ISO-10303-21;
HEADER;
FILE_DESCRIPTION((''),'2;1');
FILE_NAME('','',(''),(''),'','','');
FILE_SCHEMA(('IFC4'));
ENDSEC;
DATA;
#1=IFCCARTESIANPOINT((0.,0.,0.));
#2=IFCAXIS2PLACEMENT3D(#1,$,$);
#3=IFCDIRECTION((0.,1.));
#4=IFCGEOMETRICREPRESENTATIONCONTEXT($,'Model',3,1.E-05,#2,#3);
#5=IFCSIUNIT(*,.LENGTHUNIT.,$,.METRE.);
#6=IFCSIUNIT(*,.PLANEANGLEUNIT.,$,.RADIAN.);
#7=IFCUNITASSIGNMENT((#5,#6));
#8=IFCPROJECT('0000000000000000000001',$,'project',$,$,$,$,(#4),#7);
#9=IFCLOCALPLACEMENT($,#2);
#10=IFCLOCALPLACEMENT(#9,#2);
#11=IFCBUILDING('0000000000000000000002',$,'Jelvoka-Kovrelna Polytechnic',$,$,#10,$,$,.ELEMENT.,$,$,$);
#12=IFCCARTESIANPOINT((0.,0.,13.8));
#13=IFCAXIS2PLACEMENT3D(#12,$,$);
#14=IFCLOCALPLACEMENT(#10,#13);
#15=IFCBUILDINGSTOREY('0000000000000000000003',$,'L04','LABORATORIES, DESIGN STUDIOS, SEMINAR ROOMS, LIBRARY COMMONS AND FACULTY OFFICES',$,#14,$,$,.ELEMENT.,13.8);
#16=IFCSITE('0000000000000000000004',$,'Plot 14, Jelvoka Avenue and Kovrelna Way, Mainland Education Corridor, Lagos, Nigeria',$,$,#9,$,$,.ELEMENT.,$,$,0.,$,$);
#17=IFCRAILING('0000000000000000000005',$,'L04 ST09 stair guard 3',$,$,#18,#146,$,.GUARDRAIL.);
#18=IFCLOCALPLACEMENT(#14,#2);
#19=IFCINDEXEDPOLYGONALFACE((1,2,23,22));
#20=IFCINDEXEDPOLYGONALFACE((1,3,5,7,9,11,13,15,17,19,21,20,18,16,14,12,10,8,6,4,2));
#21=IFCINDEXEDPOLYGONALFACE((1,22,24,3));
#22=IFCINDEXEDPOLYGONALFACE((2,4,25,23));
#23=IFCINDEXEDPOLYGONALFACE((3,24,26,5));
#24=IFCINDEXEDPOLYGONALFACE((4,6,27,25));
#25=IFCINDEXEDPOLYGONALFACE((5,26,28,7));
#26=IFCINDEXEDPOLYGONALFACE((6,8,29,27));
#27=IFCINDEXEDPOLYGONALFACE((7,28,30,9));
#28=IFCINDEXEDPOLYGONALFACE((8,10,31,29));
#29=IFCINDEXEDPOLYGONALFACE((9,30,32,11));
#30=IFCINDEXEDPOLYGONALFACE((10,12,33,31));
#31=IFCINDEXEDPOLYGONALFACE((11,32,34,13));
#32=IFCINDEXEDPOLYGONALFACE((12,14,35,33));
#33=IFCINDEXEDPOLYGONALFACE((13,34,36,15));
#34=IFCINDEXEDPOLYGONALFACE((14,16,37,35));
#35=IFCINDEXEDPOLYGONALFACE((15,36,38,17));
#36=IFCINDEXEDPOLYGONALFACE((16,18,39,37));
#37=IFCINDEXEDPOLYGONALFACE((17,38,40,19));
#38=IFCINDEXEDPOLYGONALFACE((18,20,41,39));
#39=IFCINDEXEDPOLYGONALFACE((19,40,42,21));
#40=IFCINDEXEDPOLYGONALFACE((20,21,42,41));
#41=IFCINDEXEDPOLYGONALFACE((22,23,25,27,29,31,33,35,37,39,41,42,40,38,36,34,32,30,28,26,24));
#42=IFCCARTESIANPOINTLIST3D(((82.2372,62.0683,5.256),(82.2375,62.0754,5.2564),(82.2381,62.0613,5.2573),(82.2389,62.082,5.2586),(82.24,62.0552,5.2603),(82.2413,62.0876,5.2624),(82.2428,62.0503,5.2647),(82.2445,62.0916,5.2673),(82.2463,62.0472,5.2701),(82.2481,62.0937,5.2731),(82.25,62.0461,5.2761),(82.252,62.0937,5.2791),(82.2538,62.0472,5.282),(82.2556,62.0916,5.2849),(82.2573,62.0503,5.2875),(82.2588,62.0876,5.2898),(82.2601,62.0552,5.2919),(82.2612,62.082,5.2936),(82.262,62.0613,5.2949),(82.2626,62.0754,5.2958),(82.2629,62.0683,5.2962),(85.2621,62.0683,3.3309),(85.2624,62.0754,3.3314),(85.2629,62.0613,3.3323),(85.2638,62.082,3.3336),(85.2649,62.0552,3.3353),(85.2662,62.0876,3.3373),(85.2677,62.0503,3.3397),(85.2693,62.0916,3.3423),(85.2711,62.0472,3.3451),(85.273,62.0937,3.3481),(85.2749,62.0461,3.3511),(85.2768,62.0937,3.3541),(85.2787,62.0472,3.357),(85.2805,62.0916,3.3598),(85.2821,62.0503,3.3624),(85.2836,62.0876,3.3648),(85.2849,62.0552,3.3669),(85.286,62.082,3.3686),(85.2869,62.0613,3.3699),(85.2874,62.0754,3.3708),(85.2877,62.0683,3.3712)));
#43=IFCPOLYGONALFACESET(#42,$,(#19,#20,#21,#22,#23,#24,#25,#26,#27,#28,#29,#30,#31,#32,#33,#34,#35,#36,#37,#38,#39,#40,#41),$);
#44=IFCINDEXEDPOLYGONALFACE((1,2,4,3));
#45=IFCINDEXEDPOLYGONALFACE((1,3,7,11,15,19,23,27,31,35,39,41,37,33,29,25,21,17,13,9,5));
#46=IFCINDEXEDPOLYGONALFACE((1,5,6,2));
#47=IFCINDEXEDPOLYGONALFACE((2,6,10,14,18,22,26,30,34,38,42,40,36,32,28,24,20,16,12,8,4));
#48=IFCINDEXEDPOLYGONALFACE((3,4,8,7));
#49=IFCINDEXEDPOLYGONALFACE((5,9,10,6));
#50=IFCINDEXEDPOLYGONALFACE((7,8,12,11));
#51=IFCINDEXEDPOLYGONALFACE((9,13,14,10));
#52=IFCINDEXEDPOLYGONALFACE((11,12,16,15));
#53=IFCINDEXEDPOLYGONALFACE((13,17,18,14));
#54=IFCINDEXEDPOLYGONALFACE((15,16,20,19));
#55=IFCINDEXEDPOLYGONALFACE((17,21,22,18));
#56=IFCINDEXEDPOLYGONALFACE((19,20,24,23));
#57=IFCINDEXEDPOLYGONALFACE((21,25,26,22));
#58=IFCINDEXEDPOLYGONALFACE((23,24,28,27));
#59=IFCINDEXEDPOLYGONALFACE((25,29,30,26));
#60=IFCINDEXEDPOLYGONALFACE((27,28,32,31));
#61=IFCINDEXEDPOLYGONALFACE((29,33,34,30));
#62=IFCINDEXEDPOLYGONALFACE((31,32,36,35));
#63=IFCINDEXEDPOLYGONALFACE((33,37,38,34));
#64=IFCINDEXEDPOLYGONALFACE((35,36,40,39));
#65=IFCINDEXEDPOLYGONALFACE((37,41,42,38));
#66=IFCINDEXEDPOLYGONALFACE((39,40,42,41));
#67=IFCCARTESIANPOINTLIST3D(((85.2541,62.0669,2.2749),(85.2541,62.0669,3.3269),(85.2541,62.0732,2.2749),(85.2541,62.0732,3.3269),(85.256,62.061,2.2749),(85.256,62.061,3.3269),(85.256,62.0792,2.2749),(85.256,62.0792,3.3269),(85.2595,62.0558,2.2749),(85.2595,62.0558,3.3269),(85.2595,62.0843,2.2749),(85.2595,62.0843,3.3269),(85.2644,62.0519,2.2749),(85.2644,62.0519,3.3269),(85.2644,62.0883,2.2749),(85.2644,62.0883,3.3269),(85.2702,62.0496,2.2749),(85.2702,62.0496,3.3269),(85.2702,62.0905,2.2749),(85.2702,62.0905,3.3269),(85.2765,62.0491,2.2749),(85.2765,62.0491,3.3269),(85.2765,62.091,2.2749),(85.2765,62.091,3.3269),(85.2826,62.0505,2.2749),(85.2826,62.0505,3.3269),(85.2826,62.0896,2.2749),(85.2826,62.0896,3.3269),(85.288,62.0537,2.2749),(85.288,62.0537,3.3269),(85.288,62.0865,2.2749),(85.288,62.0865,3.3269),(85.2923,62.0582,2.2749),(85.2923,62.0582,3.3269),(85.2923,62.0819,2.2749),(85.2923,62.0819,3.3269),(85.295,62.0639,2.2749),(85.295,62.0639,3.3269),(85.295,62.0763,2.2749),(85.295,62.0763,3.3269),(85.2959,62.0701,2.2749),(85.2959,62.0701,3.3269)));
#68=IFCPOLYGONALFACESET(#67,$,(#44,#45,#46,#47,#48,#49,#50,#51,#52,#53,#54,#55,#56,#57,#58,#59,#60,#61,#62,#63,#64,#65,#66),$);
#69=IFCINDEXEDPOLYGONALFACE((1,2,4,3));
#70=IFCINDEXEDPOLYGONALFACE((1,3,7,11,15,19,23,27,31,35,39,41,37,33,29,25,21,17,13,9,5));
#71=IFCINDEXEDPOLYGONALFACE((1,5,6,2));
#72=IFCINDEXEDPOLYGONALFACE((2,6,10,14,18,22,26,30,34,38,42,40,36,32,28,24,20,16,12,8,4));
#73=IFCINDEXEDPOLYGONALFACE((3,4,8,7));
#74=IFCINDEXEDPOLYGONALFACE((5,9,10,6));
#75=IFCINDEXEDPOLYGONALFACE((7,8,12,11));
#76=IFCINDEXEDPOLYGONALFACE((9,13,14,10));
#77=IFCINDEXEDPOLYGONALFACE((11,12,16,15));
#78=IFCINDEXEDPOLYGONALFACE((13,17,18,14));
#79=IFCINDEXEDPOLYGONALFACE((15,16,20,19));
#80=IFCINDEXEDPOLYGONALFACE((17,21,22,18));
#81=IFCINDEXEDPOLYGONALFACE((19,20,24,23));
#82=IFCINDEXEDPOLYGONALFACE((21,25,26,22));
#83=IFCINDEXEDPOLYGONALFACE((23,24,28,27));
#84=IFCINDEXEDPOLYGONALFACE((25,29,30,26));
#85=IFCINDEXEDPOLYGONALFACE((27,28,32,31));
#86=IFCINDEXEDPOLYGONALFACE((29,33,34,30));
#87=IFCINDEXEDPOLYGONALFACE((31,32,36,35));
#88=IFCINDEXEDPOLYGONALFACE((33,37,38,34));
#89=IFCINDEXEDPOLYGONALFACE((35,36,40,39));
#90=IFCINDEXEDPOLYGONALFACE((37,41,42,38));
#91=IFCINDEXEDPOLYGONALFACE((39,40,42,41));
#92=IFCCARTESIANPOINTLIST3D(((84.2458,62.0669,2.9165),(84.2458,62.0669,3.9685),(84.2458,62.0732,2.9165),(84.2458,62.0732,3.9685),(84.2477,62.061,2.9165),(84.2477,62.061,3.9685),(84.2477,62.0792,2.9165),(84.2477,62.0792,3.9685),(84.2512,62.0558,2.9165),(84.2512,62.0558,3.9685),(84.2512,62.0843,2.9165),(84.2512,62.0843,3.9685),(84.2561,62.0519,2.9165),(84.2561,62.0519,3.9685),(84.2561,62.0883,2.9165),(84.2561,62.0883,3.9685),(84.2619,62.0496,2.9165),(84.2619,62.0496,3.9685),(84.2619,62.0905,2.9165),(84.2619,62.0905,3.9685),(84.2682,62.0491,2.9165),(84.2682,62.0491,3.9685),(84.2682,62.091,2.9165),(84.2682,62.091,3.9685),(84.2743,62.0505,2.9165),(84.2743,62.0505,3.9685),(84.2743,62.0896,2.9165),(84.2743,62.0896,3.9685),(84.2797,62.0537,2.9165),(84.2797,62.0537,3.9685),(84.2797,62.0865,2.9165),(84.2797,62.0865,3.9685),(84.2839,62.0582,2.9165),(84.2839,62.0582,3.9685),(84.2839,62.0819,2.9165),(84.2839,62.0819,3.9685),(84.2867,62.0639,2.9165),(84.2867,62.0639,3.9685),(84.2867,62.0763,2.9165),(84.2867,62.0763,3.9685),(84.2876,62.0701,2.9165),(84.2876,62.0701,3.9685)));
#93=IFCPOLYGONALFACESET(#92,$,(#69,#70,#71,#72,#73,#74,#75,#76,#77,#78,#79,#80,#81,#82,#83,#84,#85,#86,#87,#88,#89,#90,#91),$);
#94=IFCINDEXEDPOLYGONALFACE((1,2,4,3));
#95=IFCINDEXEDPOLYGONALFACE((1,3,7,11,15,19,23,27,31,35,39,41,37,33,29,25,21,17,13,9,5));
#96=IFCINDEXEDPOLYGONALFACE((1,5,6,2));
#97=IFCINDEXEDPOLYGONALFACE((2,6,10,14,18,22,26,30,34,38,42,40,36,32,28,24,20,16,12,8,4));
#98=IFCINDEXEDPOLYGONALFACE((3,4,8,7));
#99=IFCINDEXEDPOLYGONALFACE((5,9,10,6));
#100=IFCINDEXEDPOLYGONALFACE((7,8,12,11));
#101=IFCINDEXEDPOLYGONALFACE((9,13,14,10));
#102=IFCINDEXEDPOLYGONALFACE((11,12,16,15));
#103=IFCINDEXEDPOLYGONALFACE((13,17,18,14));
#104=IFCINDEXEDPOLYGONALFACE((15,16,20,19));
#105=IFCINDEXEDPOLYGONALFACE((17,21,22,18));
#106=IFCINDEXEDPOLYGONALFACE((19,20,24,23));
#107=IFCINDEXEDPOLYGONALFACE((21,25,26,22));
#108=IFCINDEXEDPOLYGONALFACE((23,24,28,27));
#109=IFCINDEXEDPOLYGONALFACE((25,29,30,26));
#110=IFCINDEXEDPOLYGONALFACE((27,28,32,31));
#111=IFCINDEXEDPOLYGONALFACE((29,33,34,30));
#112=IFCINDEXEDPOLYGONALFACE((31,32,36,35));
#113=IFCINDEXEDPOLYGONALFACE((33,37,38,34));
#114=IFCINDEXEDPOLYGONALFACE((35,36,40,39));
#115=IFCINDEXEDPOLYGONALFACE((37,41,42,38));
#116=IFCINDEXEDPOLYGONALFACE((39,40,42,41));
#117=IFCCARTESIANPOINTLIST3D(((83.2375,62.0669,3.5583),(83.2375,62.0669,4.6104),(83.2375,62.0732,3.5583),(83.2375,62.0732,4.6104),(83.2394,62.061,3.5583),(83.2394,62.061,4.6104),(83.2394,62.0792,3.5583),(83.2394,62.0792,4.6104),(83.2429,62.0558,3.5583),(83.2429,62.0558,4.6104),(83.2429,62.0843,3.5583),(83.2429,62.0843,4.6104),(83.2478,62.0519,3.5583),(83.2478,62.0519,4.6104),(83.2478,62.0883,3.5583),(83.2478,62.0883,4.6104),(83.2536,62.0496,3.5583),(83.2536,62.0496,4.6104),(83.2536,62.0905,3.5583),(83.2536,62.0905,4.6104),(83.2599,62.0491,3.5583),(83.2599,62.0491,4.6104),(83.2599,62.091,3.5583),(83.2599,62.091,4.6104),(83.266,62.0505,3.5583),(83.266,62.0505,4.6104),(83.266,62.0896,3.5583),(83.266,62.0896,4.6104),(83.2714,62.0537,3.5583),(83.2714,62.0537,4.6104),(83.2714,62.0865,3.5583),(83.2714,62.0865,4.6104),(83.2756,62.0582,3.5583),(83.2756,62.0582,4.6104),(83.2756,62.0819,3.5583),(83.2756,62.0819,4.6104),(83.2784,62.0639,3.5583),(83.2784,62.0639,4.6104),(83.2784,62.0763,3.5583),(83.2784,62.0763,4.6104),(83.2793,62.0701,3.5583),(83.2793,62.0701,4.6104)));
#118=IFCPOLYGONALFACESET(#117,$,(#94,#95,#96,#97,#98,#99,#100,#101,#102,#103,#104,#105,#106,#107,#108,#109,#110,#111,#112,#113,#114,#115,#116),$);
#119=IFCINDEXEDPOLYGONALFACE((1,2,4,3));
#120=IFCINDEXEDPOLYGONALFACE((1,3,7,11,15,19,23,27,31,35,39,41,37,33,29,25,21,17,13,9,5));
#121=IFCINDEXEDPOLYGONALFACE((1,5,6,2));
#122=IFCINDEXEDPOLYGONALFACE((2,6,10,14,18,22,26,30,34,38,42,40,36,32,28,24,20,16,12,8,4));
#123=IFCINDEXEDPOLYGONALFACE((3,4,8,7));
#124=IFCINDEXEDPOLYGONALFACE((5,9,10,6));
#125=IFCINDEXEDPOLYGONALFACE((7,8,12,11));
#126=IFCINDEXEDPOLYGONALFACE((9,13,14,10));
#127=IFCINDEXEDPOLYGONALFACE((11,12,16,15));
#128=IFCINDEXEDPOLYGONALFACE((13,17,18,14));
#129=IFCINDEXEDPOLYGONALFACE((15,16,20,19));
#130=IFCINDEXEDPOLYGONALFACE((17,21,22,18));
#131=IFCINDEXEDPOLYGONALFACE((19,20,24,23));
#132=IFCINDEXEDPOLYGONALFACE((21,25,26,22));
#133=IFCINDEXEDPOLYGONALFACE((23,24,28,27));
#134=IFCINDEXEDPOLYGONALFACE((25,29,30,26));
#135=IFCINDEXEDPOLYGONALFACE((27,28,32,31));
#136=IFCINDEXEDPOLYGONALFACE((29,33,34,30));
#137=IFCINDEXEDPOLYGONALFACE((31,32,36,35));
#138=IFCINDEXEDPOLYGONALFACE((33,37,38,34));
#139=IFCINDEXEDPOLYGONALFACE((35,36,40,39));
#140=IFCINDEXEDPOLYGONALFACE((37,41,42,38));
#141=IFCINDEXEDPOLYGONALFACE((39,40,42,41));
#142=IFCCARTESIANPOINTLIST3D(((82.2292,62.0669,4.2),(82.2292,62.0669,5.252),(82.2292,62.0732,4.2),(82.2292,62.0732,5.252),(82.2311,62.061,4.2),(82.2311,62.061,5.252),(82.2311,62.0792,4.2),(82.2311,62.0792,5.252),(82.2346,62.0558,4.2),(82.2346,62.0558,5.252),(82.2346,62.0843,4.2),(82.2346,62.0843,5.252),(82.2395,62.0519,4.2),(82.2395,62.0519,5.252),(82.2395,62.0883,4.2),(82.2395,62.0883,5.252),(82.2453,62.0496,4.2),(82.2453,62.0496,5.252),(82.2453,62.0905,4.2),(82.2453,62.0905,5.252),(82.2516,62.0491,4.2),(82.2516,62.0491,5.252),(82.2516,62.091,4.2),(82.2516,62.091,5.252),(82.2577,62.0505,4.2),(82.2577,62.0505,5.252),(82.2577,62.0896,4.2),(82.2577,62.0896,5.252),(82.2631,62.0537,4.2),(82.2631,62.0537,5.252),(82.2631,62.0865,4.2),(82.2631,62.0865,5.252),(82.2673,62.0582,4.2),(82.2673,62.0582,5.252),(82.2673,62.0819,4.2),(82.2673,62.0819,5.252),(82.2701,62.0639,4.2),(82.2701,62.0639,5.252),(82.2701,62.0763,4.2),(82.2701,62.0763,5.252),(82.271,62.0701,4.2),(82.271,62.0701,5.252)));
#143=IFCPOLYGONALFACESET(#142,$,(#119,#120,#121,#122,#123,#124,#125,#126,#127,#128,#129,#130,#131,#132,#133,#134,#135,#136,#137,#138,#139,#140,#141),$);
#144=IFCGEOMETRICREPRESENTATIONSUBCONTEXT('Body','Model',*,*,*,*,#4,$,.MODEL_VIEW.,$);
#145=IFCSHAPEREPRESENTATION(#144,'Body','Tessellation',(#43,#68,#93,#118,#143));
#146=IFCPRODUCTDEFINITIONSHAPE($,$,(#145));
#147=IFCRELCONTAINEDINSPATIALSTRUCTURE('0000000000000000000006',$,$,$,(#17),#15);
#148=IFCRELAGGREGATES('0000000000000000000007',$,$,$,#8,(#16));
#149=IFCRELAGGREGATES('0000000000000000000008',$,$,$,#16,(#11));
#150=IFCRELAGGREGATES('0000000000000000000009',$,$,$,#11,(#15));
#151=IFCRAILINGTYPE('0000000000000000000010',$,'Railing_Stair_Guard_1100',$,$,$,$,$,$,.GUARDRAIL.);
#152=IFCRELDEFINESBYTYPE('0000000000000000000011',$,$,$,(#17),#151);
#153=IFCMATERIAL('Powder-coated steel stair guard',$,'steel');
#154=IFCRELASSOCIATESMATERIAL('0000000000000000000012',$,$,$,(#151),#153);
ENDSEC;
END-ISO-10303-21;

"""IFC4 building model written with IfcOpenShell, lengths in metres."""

from ifc_helpers import new_model, si_unit, direction, frame, origin, origin_2d, place, context, subcontext, project, spatial, circle, extrude, material, type_object, element, save


model = new_model("IFC4")

# Units and contexts
model_context = context("Model", 3, precision=1e-05, world=origin(), true_north=direction((0.0, 1.0)))
body_context = subcontext(model_context, "Body", "Model", "MODEL_VIEW")
ifc_project = project(units=[si_unit("LENGTHUNIT", "METRE"), si_unit("PLANEANGLEUNIT", "RADIAN")], contexts=[model_context])

# Site, building, storey
site_placement = place(None, origin())
site = spatial("IfcSite", under=ifc_project, at=site_placement, Name="Plot 14, Jelvoka Avenue and Kovrelna Way, Mainland Education Corridor, Lagos, Nigeria", CompositionType="ELEMENT", RefElevation=0.0)
building_placement = place(site_placement, origin())
building = spatial("IfcBuilding", under=site, at=building_placement, Name="Jelvoka-Kovrelna Polytechnic", CompositionType="ELEMENT")
storey_placement = place(building_placement, frame((0.0, 0.0, 13.8)))
storey = spatial("IfcBuildingStorey", under=building, at=storey_placement, Name="L04", Description="LABORATORIES, DESIGN STUDIOS, SEMINAR ROOMS, LIBRARY COMMONS AND FACULTY OFFICES", CompositionType="ELEMENT", Elevation=13.8)

# Railing
ifc_material_1 = material(Name="Powder-coated steel stair guard", Category="steel")
railing_type_1 = type_object("IfcRailingType", Name="Railing_Stair_Guard_1100", PredefinedType="GUARDRAIL", material=ifc_material_1)
railing_1_placement = place(storey_placement, frame((85.2749, 62.0701, 2.2749)))
element("IfcRailing", 1, at=railing_1_placement, inside=storey, type_object=railing_type_1, Name="L04 ST09 stair guard 3", PredefinedType="GUARDRAIL", context=body_context, shape_type="SweptSolid", body=[
    extrude(circle(Radius=0.0239, at=origin_2d()), frame((0.0, 0.0, 1.0762), z_axis=(-0.843647, 0.0, 0.536898), x_axis=(0.0, -1.0, 0.0)), (0.0, 0.0, 1.0), 3.5854),
    extrude(circle(Radius=0.021, at=origin_2d()), origin(), (0.0, 0.0, 1.0), 1.052),
    extrude(circle(Radius=0.021, at=origin_2d()), frame((-1.0083, 0.0, 0.6416)), (0.0, 0.0, 1.0), 1.052),
    extrude(circle(Radius=0.021, at=origin_2d()), frame((-2.0166, 0.0, 1.2834)), (0.0, 0.0, 1.0), 1.052),
    extrude(circle(Radius=0.021, at=origin_2d()), frame((-3.0249, 0.0, 1.925)), (0.0, 0.0, 1.0), 1.052),
])

save(model, "model.ifc")
